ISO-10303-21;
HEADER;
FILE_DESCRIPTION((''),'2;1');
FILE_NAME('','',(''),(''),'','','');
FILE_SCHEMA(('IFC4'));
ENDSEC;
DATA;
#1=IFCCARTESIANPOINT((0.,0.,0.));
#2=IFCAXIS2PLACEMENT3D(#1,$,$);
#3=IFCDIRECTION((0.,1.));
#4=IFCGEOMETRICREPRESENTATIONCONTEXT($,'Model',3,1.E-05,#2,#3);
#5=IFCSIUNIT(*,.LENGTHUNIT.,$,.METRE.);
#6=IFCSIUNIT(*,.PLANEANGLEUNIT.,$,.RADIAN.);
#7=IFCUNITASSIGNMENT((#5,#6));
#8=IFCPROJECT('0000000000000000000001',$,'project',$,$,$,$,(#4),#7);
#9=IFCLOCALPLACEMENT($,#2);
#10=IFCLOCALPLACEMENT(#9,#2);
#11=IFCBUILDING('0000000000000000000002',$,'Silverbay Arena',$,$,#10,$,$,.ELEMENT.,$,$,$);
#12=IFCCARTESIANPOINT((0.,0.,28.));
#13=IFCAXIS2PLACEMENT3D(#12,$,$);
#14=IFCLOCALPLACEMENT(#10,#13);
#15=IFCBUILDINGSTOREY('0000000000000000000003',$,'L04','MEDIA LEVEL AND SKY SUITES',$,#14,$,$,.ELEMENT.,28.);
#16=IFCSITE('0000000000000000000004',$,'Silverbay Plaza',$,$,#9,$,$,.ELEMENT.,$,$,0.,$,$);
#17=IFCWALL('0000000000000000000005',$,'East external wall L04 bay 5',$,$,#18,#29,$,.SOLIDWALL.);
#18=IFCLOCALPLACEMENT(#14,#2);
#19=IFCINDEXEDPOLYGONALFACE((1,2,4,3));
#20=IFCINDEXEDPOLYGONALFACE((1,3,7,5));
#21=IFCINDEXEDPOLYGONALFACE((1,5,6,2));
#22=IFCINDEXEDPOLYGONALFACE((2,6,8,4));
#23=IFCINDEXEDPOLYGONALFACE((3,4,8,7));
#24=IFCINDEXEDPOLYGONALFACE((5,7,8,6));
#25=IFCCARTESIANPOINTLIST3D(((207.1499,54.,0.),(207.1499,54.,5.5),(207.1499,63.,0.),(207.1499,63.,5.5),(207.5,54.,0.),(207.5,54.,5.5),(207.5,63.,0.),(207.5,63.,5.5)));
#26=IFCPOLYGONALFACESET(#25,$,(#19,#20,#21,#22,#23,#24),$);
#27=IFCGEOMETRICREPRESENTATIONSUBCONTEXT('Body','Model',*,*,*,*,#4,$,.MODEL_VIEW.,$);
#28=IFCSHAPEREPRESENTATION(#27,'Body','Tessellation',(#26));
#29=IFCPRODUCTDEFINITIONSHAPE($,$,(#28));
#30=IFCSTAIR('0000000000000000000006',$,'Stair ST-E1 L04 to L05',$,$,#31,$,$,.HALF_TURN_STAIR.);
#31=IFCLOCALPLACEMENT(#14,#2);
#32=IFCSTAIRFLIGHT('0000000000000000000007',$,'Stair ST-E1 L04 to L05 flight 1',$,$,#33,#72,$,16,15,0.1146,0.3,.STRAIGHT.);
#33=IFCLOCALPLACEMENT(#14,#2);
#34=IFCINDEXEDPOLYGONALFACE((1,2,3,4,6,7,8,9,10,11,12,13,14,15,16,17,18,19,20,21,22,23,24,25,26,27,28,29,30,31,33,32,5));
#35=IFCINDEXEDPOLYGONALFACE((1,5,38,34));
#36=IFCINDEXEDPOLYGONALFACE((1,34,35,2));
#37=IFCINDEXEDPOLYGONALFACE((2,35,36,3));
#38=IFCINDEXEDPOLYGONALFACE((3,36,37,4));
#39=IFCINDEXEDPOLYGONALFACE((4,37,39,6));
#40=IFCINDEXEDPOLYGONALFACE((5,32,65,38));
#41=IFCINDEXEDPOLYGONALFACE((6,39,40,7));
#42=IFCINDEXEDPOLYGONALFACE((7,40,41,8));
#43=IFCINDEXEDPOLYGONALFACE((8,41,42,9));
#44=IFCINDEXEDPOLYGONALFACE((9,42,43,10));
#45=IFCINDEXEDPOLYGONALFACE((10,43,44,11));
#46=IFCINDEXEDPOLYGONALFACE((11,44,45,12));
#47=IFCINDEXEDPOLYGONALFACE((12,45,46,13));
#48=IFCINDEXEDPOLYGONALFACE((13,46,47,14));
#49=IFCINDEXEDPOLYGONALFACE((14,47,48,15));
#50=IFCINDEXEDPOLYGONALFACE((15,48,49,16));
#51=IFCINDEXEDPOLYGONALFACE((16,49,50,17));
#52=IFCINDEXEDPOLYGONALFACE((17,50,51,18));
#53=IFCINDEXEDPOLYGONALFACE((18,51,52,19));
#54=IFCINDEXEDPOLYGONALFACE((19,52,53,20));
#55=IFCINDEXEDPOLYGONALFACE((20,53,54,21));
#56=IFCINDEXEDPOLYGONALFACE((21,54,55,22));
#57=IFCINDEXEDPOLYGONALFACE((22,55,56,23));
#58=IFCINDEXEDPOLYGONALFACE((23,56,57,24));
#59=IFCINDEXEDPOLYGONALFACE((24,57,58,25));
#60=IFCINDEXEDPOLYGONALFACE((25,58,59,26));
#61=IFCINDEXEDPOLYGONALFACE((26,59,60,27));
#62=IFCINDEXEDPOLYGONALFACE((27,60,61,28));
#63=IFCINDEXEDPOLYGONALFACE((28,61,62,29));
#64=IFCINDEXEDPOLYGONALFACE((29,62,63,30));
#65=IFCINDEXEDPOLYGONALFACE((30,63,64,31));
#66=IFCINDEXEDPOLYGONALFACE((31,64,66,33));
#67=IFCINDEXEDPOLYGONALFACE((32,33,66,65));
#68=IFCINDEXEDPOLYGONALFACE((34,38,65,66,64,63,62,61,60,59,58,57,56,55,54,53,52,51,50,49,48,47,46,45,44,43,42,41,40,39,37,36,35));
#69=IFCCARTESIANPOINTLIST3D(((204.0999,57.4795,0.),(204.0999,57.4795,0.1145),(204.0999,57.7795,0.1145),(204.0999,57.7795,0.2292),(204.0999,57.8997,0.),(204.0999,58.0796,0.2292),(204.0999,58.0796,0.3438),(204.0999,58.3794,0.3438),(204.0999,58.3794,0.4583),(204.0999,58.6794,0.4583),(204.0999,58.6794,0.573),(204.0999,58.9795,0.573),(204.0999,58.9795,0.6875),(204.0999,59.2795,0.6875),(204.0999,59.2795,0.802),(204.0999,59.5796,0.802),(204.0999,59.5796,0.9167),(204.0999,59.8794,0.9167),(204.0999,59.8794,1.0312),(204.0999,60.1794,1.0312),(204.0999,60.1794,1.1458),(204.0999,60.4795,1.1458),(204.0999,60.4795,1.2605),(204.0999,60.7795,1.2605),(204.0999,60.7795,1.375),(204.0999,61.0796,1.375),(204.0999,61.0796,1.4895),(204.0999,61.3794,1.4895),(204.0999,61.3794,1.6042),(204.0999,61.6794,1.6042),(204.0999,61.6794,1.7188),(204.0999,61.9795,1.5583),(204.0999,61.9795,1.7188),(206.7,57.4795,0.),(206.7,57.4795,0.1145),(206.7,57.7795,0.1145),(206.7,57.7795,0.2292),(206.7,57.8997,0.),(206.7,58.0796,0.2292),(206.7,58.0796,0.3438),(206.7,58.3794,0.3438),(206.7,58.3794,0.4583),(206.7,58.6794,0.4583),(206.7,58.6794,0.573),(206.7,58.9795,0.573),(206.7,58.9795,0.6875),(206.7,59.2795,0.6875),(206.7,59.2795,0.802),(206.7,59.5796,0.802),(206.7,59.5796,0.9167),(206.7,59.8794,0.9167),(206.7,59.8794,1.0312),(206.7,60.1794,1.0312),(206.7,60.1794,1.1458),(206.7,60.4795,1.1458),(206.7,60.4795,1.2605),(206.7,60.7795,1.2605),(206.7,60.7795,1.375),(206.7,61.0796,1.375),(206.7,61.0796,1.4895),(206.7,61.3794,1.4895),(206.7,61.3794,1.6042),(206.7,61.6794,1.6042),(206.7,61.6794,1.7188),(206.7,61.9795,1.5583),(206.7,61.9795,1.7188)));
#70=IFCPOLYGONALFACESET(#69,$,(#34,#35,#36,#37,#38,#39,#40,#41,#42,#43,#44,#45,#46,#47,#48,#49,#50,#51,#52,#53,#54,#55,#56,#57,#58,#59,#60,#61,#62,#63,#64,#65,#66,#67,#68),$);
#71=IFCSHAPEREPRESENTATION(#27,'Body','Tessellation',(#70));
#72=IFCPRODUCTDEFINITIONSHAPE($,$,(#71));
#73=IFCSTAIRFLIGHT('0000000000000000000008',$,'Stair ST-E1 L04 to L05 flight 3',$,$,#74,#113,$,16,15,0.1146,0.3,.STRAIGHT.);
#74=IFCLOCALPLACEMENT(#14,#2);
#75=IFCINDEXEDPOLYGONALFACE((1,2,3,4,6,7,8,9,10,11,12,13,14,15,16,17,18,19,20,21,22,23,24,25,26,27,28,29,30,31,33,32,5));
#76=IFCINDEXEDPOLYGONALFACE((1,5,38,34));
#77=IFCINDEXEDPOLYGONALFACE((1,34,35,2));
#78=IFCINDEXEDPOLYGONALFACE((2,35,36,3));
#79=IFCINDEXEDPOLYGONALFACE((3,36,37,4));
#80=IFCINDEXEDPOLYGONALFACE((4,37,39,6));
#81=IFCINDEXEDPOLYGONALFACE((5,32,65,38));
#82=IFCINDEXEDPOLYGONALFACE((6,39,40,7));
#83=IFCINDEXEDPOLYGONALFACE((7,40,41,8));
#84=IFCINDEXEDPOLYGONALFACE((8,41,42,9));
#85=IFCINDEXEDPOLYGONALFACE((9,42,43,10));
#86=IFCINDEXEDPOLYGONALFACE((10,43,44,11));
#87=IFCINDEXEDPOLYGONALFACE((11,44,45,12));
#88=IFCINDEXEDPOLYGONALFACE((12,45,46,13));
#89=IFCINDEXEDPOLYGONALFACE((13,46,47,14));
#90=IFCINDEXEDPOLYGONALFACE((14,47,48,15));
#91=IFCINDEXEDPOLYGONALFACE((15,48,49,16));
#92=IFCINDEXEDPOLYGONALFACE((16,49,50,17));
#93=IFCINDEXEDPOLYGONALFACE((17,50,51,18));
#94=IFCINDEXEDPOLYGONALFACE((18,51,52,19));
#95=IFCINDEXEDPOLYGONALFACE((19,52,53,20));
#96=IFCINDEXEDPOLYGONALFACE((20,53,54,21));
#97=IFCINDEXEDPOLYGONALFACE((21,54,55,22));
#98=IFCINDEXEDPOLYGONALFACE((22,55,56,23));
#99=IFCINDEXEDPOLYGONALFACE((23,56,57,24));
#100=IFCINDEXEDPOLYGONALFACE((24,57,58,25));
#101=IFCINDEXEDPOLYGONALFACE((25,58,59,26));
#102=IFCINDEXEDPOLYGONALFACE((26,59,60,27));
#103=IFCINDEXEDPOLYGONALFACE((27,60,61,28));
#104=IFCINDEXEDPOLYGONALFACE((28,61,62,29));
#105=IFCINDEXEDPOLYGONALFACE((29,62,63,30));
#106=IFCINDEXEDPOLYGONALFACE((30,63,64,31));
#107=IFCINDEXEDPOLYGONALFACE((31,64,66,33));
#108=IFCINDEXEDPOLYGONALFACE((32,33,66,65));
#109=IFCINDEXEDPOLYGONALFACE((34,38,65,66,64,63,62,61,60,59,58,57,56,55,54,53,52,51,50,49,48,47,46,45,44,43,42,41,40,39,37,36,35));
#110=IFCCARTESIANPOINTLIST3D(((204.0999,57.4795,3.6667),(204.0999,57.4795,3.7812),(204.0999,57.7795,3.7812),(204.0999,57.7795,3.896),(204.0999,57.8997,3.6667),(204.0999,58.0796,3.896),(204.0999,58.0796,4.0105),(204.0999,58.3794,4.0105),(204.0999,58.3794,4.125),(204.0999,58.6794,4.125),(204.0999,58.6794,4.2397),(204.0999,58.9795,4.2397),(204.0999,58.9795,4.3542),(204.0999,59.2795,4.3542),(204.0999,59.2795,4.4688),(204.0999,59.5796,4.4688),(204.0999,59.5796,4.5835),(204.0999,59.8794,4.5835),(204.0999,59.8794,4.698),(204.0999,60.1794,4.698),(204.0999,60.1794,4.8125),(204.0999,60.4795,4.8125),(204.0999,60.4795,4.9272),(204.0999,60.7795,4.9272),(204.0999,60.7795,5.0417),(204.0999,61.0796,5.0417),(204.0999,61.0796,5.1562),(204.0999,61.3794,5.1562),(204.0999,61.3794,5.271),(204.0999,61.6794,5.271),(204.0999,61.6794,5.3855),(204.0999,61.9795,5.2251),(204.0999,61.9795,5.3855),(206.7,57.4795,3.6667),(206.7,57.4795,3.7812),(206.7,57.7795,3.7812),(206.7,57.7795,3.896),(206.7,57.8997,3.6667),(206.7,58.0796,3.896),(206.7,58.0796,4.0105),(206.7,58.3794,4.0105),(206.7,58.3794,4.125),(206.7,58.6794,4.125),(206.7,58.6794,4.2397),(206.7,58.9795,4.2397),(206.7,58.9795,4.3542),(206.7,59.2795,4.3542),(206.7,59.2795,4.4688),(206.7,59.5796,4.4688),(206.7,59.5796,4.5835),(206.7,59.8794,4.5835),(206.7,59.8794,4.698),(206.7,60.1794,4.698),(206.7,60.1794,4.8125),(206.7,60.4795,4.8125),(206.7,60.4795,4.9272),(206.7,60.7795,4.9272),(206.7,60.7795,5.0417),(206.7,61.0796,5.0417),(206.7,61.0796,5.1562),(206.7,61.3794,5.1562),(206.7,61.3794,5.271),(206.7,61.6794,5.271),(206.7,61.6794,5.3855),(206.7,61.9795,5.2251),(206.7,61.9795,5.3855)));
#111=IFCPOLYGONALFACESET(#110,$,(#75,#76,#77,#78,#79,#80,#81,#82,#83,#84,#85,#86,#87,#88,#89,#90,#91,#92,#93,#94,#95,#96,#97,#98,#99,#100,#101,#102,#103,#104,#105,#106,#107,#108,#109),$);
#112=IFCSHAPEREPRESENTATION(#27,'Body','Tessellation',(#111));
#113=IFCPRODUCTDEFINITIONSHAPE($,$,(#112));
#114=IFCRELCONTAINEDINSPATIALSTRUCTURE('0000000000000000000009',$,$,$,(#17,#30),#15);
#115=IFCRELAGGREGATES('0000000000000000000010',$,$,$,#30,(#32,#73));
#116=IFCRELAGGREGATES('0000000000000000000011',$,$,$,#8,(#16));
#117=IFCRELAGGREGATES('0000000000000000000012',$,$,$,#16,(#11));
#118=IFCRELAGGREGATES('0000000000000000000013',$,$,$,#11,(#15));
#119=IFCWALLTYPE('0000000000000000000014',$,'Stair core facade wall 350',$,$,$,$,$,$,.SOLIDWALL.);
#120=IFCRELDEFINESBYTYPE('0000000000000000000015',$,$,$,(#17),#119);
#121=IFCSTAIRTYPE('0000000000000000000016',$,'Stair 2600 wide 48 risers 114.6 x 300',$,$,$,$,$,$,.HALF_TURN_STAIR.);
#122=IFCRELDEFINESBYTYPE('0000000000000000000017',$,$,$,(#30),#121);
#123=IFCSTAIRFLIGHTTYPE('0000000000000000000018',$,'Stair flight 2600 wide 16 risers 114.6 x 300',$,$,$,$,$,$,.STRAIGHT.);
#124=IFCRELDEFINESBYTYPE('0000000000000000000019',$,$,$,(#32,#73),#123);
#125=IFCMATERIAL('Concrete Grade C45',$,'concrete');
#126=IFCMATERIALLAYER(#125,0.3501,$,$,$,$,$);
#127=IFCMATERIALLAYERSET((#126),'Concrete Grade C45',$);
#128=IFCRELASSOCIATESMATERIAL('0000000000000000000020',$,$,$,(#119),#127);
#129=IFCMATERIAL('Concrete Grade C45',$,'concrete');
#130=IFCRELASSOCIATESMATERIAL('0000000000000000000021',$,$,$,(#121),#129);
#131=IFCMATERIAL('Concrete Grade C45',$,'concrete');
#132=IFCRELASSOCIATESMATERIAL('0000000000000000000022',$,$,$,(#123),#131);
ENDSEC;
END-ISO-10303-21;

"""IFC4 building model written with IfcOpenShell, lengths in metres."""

from ifc_helpers import new_model, si_unit, direction, frame, frame_2d, origin, place, context, subcontext, project, spatial, polyline, rectangle, outline, extrude, material, layer, layer_set, type_object, element, aggregate, save


model = new_model("IFC4")

# Units and contexts
model_context = context("Model", 3, precision=1e-05, world=origin(), true_north=direction((0.0, 1.0)))
body_context = subcontext(model_context, "Body", "Model", "MODEL_VIEW")
ifc_project = project(units=[si_unit("LENGTHUNIT", "METRE"), si_unit("PLANEANGLEUNIT", "RADIAN")], contexts=[model_context])

# Site, building, storey
site_placement = place(None, origin())
site = spatial("IfcSite", under=ifc_project, at=site_placement, Name="Silverbay Plaza", CompositionType="ELEMENT", RefElevation=0.0)
building_placement = place(site_placement, origin())
building = spatial("IfcBuilding", under=site, at=building_placement, Name="Silverbay Arena", CompositionType="ELEMENT")
storey_placement = place(building_placement, frame((0.0, 0.0, 28.0)))
storey = spatial("IfcBuildingStorey", under=building, at=storey_placement, Name="L04", Description="MEDIA LEVEL AND SKY SUITES", CompositionType="ELEMENT", Elevation=28.0)

# Wall
ifc_material_1 = material(Name="Concrete Grade C45", Category="concrete")
ifc_layer_1 = layer(ifc_material_1, 0.3501)
ifc_layer_set_1 = layer_set([ifc_layer_1], Name="Concrete Grade C45")
wall_type_1 = type_object("IfcWallType", Name="Stair core facade wall 350", PredefinedType="SOLIDWALL", material=ifc_layer_set_1)
wall_1_placement = place(storey_placement, frame((207.325, 54.0, 0.0), z_axis=(0.0, 0.0, 1.0), x_axis=(0.0, 1.0, 0.0)))
element("IfcWall", 1, at=wall_1_placement, inside=storey, type_object=wall_type_1, Name="East external wall L04 bay 5", PredefinedType="SOLIDWALL", context=body_context, shape_type="SweptSolid", body=[
    extrude(rectangle(XDim=9.0, YDim=0.3501, at=frame_2d((4.5, 0.0))), origin(), (0.0, 0.0, 1.0), 5.5),
])

# Stair, stair flights
ifc_material_2 = material(Name="Concrete Grade C45", Category="concrete")
stair_type = type_object("IfcStairType", Name="Stair 2600 wide 48 risers 114.6 x 300", PredefinedType="HALF_TURN_STAIR", material=ifc_material_2)
stair_placement = place(storey_placement, origin())
stair = element("IfcStair", 2, at=stair_placement, inside=storey, type_object=stair_type, Name="Stair ST-E1 L04 to L05", PredefinedType="HALF_TURN_STAIR")
ifc_material_3 = material(Name="Concrete Grade C45", Category="concrete")
stair_flight_type = type_object("IfcStairFlightType", Name="Stair flight 2600 wide 16 risers 114.6 x 300", PredefinedType="STRAIGHT", material=ifc_material_3)
stair_flight_1_placement = place(storey_placement, frame((205.3999, 57.4795, 0.0), z_axis=(0.0, 0.0, 1.0), x_axis=(0.0, 1.0, 0.0)))
stair_flight_1 = element("IfcStairFlight", 3, at=stair_flight_1_placement, type_object=stair_flight_type, Name="Stair ST-E1 L04 to L05 flight 1", NumberOfRisers=16, NumberOfTreads=15, PredefinedType="STRAIGHT", RiserHeight=0.1146, TreadLength=0.3, context=body_context, shape_type="SweptSolid", body=[
    extrude(outline(polyline([(0.0, 0.0), (0.0, 0.1145), (0.3, 0.1145), (0.3, 0.2292), (0.6001, 0.2292), (0.6001, 0.3438), (0.8999, 0.3438), (0.8999, 0.4583), (1.2, 0.4583), (1.2, 0.573), (1.5, 0.573), (1.5, 0.6875), (1.8, 0.6875), (1.8, 0.802), (2.1001, 0.802), (2.1001, 0.9167), (2.3999, 0.9167), (2.3999, 1.0312), (2.7, 1.0312), (2.7, 1.1458), (3.0, 1.1458), (3.0, 1.2605), (3.3, 1.2605), (3.3, 1.375), (3.6001, 1.375), (3.6001, 1.4895), (3.8999, 1.4895), (3.8999, 1.6042), (4.2, 1.6042), (4.2, 1.7188), (4.5, 1.7188), (4.5, 1.5583), (0.4202, 0.0), (0.0, 0.0)])), frame((0.0, 1.3, 0.0), z_axis=(0.0, -1.0, 0.0), x_axis=(1.0, 0.0, 0.0)), (0.0, 0.0, 1.0), 2.6001),
])
stair_flight_2_placement = place(storey_placement, frame((205.3999, 57.4795, 3.6667), z_axis=(0.0, 0.0, 1.0), x_axis=(0.0, 1.0, 0.0)))
stair_flight_2 = element("IfcStairFlight", 4, at=stair_flight_2_placement, type_object=stair_flight_type, Name="Stair ST-E1 L04 to L05 flight 3", NumberOfRisers=16, NumberOfTreads=15, PredefinedType="STRAIGHT", RiserHeight=0.1146, TreadLength=0.3, context=body_context, shape_type="SweptSolid", body=[
    extrude(outline(polyline([(0.0, 0.0), (0.0, 0.1145), (0.3, 0.1145), (0.3, 0.2292), (0.6001, 0.2292), (0.6001, 0.3438), (0.8999, 0.3438), (0.8999, 0.4583), (1.2, 0.4583), (1.2, 0.573), (1.5, 0.573), (1.5, 0.6875), (1.8, 0.6875), (1.8, 0.802), (2.1001, 0.802), (2.1001, 0.9167), (2.3999, 0.9167), (2.3999, 1.0312), (2.7, 1.0312), (2.7, 1.1458), (3.0, 1.1458), (3.0, 1.2605), (3.3, 1.2605), (3.3, 1.375), (3.6001, 1.375), (3.6001, 1.4895), (3.8999, 1.4895), (3.8999, 1.6042), (4.2, 1.6042), (4.2, 1.7188), (4.5, 1.7188), (4.5, 1.5583), (0.4202, 0.0), (0.0, 0.0)])), frame((0.0, 1.3, 0.0), z_axis=(0.0, -1.0, 0.0), x_axis=(1.0, 0.0, 0.0)), (0.0, 0.0, 1.0), 2.6001),
])
aggregate(stair, [stair_flight_1, stair_flight_2])

save(model, "model.ifc")
